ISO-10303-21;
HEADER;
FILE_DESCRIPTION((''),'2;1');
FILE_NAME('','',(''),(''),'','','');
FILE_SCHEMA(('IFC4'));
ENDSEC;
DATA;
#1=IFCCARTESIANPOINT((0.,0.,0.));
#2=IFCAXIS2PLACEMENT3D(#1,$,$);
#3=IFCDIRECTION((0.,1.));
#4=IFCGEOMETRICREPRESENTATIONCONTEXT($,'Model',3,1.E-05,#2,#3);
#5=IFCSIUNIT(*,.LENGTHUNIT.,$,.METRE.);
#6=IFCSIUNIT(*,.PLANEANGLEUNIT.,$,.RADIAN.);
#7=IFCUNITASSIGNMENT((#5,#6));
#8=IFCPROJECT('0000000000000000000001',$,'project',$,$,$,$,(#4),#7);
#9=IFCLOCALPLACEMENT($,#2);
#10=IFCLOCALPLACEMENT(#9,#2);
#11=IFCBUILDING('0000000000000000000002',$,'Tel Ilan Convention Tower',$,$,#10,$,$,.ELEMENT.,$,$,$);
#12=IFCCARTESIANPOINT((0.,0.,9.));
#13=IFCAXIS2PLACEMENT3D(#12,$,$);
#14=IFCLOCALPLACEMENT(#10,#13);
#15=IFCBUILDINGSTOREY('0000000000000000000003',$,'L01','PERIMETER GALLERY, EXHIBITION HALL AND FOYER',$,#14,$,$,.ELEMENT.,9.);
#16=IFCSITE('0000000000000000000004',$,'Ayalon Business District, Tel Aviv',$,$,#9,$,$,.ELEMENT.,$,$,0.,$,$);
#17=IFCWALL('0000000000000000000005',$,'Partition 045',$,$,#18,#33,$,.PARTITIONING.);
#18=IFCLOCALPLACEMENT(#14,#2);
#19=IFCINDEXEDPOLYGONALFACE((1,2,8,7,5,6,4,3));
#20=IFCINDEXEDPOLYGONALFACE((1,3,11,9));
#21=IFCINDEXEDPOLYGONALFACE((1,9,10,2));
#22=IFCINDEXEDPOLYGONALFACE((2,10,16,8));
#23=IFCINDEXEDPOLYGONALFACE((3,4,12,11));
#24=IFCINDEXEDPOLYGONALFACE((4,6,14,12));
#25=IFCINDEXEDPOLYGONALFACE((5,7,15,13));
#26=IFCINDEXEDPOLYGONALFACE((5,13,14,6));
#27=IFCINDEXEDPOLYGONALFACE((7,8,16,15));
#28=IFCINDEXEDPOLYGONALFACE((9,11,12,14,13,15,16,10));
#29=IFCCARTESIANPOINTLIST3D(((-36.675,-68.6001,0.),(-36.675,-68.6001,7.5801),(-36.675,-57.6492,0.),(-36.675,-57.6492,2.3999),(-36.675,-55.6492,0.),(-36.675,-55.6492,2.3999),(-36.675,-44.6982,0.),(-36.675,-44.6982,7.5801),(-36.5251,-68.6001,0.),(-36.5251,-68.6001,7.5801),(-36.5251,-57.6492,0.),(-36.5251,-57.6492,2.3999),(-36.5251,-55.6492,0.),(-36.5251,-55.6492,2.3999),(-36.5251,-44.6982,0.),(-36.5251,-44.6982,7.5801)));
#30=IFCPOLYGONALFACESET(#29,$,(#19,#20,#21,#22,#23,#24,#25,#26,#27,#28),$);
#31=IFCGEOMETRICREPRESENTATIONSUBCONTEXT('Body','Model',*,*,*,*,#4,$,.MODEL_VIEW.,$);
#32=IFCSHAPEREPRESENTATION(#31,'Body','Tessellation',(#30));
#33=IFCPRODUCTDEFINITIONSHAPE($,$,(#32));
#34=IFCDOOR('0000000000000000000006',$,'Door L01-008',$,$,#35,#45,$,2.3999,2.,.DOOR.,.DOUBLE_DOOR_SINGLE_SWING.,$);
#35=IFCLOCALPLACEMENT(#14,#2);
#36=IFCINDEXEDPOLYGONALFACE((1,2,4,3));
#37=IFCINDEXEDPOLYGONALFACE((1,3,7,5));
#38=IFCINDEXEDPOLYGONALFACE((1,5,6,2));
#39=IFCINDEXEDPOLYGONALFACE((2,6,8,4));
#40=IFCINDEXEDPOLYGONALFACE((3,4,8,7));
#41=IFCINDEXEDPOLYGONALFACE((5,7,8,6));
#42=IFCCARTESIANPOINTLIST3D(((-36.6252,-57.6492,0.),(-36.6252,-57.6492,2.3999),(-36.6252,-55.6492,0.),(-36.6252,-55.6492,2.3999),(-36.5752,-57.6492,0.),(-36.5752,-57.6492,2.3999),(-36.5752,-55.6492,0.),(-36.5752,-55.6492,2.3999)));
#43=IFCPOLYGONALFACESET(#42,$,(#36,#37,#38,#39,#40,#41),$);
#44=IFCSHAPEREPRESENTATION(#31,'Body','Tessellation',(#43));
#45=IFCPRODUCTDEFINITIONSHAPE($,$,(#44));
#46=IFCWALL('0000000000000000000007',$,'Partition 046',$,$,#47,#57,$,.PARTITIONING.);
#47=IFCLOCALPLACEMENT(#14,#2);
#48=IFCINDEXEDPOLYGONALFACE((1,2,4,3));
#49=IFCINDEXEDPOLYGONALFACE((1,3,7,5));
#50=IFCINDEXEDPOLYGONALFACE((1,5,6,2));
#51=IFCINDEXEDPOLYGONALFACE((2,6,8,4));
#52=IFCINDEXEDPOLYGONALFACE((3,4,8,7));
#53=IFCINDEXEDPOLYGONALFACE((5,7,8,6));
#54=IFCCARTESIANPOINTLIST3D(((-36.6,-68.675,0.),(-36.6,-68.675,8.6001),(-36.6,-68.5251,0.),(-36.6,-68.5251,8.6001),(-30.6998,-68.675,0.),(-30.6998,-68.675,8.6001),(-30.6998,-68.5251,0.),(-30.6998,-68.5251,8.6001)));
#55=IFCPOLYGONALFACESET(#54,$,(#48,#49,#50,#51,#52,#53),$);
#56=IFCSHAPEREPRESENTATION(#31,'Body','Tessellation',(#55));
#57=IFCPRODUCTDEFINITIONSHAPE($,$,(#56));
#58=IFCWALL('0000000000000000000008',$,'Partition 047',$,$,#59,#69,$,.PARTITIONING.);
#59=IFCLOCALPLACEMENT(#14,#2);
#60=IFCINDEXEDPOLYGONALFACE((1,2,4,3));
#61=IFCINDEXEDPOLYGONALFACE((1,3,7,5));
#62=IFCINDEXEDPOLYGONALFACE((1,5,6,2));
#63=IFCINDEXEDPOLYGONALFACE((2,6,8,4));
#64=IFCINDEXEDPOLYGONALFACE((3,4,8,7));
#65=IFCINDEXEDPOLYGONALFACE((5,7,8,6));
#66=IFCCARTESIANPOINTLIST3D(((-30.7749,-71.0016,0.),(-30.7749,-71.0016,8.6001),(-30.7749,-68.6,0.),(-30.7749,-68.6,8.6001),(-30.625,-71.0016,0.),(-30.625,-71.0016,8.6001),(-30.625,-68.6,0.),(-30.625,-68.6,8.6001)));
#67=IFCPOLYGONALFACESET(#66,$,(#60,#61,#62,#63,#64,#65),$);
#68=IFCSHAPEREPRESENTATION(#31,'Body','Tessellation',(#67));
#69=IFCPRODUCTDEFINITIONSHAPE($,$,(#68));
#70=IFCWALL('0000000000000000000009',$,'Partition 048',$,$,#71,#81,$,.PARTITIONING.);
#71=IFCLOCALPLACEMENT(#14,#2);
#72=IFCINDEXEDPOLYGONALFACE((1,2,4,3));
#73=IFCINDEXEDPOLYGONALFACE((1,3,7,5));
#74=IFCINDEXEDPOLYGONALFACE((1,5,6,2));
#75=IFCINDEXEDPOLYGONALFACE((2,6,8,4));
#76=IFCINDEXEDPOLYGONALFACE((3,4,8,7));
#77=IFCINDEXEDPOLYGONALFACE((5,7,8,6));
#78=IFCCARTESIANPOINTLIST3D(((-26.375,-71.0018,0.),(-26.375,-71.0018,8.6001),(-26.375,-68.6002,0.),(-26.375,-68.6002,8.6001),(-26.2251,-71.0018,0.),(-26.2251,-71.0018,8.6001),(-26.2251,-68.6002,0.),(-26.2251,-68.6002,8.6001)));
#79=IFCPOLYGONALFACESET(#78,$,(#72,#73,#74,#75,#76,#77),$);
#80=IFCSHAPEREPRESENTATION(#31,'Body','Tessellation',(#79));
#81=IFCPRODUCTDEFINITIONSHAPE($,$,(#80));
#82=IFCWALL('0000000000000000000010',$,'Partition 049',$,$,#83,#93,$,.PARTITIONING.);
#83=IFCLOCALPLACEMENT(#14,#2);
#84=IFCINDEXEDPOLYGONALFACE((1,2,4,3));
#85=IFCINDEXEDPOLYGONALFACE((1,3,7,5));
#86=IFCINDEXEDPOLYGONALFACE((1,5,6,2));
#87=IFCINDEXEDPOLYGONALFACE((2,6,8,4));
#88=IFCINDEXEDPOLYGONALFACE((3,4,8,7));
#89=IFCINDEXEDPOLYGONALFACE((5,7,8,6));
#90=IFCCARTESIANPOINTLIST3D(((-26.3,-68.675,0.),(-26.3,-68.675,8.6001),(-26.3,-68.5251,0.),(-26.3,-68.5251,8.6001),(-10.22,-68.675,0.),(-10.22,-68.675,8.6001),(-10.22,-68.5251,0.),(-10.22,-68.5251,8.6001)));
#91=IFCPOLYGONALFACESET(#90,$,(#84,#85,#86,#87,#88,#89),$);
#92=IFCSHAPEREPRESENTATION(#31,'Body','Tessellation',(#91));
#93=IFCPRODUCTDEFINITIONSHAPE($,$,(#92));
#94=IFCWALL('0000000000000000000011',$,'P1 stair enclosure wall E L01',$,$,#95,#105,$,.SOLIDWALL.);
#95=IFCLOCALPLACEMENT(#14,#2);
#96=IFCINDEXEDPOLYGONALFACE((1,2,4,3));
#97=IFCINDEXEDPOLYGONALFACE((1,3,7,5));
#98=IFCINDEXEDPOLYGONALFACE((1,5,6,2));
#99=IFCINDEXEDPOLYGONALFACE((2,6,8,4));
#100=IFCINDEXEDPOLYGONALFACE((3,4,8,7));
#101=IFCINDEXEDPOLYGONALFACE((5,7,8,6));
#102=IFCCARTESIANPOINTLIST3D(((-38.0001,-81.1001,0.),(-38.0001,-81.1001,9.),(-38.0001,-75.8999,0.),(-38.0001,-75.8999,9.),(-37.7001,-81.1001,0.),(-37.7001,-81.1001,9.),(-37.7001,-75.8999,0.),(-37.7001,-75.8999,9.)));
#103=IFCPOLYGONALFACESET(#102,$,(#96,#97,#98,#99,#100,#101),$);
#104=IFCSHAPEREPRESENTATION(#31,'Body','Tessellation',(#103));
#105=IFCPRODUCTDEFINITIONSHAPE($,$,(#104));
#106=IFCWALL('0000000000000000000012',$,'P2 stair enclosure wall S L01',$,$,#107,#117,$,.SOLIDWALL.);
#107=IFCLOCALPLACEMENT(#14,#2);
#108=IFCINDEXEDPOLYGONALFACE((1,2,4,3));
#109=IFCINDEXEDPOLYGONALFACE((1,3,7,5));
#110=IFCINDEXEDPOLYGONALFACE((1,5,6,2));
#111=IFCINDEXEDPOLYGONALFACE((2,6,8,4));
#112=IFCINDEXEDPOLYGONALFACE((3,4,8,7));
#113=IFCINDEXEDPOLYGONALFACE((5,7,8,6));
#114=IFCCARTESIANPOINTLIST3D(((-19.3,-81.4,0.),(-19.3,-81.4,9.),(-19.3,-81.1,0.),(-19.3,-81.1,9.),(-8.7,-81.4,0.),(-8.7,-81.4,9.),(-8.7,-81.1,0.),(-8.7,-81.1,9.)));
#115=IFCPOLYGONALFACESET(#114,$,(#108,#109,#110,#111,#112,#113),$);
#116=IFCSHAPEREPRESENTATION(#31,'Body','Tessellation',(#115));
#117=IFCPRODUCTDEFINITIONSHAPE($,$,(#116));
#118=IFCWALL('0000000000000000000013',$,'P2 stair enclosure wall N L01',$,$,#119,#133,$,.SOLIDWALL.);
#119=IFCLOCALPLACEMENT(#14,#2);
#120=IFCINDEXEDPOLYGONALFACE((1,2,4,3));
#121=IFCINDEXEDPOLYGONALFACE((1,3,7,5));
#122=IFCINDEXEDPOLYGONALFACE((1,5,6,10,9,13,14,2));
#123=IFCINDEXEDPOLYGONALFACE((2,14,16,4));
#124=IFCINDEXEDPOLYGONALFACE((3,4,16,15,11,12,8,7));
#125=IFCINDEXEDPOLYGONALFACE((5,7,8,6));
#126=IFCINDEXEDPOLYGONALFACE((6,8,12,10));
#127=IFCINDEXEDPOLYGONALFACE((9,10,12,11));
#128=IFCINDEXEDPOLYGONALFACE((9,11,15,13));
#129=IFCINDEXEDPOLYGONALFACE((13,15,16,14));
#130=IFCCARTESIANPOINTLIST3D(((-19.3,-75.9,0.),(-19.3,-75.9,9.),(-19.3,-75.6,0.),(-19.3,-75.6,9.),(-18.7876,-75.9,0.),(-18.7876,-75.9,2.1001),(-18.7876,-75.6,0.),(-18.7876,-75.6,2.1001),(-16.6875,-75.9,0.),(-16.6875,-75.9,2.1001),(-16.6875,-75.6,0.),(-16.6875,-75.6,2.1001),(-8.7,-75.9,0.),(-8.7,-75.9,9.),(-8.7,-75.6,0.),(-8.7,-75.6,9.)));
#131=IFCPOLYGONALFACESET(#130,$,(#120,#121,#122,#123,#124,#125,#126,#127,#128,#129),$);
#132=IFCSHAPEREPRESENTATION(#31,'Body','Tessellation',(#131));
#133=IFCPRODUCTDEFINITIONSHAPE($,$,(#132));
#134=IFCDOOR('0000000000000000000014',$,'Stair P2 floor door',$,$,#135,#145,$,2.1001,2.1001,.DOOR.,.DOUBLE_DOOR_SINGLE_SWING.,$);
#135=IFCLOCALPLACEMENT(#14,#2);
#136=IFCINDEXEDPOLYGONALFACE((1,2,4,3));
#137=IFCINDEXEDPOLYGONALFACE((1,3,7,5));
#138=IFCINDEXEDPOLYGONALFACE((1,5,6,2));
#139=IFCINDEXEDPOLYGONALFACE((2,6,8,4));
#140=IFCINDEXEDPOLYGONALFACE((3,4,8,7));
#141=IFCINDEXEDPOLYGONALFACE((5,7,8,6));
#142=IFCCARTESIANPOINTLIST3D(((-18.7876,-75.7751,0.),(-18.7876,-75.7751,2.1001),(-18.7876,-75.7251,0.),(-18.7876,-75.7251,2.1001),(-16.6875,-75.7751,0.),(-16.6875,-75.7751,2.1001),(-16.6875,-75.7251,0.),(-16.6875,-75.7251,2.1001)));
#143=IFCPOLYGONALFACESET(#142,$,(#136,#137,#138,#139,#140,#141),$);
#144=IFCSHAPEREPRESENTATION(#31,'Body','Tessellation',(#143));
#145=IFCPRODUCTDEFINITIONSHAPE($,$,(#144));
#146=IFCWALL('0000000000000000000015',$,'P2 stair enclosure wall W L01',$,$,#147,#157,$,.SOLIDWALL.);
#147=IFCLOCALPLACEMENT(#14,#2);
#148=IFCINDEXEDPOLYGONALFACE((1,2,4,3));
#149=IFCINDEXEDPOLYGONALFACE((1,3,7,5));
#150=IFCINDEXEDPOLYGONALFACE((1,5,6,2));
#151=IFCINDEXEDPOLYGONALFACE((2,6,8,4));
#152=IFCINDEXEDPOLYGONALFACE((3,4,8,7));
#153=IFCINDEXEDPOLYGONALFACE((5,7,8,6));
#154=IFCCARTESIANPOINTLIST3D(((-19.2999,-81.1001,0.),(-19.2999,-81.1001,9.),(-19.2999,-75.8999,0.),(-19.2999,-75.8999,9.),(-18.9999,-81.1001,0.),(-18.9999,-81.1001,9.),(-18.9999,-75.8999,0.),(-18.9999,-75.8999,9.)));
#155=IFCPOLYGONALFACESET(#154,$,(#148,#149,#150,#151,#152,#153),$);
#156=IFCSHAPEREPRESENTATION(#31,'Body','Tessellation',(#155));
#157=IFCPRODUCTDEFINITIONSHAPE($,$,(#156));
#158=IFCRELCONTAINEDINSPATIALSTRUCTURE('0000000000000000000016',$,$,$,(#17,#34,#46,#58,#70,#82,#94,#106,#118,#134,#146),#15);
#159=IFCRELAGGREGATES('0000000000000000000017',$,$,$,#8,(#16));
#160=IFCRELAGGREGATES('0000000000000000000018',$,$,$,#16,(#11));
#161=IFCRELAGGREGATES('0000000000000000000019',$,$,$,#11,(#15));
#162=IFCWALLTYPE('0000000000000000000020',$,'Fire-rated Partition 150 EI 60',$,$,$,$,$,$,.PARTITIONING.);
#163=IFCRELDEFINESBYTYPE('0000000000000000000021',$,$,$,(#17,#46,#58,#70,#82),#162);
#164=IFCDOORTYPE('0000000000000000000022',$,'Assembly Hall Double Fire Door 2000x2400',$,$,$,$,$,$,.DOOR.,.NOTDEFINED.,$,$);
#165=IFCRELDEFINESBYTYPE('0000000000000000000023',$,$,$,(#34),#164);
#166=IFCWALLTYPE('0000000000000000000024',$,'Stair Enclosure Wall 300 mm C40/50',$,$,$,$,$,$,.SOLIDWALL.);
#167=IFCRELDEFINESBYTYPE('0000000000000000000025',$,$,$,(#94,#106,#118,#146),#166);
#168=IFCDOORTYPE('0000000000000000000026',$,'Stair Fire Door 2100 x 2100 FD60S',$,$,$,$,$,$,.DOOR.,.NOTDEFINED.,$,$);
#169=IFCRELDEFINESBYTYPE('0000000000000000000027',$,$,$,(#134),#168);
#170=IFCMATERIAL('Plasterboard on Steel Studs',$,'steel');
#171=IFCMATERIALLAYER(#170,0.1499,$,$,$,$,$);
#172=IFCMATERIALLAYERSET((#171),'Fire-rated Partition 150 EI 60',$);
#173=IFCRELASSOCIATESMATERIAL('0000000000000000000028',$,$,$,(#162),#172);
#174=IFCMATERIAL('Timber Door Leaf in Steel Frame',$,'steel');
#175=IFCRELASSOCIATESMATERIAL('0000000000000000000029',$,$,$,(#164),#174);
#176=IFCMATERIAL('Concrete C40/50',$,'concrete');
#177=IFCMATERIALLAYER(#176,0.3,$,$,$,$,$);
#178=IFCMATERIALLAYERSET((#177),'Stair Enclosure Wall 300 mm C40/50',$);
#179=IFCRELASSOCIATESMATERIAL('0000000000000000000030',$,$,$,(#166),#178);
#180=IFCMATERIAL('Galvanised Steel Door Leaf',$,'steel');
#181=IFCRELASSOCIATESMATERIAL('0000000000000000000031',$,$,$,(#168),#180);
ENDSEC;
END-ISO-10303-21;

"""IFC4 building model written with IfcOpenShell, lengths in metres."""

from ifc_helpers import new_model, si_unit, direction, frame, frame_2d, origin, place, context, subcontext, project, spatial, rectangle, extrude, material, layer, layer_set, type_object, element, fill, save


model = new_model("IFC4")

# Units and contexts
model_context = context("Model", 3, precision=1e-05, world=origin(), true_north=direction((0.0, 1.0)))
body_context = subcontext(model_context, "Body", "Model", "MODEL_VIEW")
ifc_project = project(units=[si_unit("LENGTHUNIT", "METRE"), si_unit("PLANEANGLEUNIT", "RADIAN")], contexts=[model_context])

# Site, building, storey
site_placement = place(None, origin())
site = spatial("IfcSite", under=ifc_project, at=site_placement, Name="Ayalon Business District, Tel Aviv", CompositionType="ELEMENT", RefElevation=0.0)
building_placement = place(site_placement, origin())
building = spatial("IfcBuilding", under=site, at=building_placement, Name="Tel Ilan Convention Tower", CompositionType="ELEMENT")
storey_placement = place(building_placement, frame((0.0, 0.0, 9.0)))
storey = spatial("IfcBuildingStorey", under=building, at=storey_placement, Name="L01", Description="PERIMETER GALLERY, EXHIBITION HALL AND FOYER", CompositionType="ELEMENT", Elevation=9.0)

# Shared definitions
ifc_material_1 = material(Name="Plasterboard on Steel Studs", Category="steel")
ifc_layer_1 = layer(ifc_material_1, 0.1499)
ifc_layer_set_1 = layer_set([ifc_layer_1], Name="Fire-rated Partition 150 EI 60")
wall_type_1 = type_object("IfcWallType", Name="Fire-rated Partition 150 EI 60", PredefinedType="PARTITIONING", material=ifc_layer_set_1)

# Wall, opening, door
wall_1_placement = place(storey_placement, frame((-36.6001, -44.6982, 0.0), z_axis=(0.0, 0.0, 1.0), x_axis=(0.0, -1.0, 0.0)))
wall_1 = element("IfcWall", 1, at=wall_1_placement, inside=storey, type_object=wall_type_1, Name="Partition 045", PredefinedType="PARTITIONING", context=body_context, shape_type="SweptSolid", body=[
    extrude(rectangle(XDim=23.9019, YDim=0.1499, at=frame_2d((11.9509, 0.0))), origin(), (0.0, 0.0, 1.0), 7.5801),
])
opening_1_placement = place(wall_1_placement, frame((10.9509, 0.0, 0.0)))
opening_1 = element("IfcOpeningElement", 2, at=opening_1_placement, cuts=wall_1, PredefinedType="OPENING", context=body_context, shape_type="SweptSolid", body=[
    extrude(rectangle(XDim=2.0, YDim=2.3999, at=frame_2d((1.0, 1.2))), frame((0.0, 0.085, 0.0), z_axis=(0.0, -1.0, 0.0), x_axis=(1.0, 0.0, 0.0)), (0.0, 0.0, 1.0), 0.1699),
])
ifc_material_2 = material(Name="Timber Door Leaf in Steel Frame", Category="steel")
door_type_1 = type_object("IfcDoorType", Name="Assembly Hall Double Fire Door 2000x2400", OperationType="NOTDEFINED", PredefinedType="DOOR", material=ifc_material_2)
door_1_placement = place(opening_1_placement, origin())
door_1 = element("IfcDoor", 3, at=door_1_placement, inside=storey, type_object=door_type_1, Name="Door L01-008", OperationType="DOUBLE_DOOR_SINGLE_SWING", OverallHeight=2.3999, OverallWidth=2.0, PredefinedType="DOOR", context=body_context, shape_type="SweptSolid", body=[
    extrude(rectangle(XDim=2.0, YDim=2.3999, at=frame_2d((1.0, 1.2))), frame((0.0, 0.0249, 0.0), z_axis=(0.0, -1.0, 0.0), x_axis=(1.0, 0.0, 0.0)), (0.0, 0.0, 1.0), 0.05),
])
fill(opening_1, door_1)

# Walls
wall_2_placement = place(storey_placement, frame((-36.6001, -68.6001, 0.0), z_axis=(0.0, 0.0, 1.0), x_axis=(1.0, 0.0, 0.0)))
element("IfcWall", 4, at=wall_2_placement, inside=storey, type_object=wall_type_1, Name="Partition 046", PredefinedType="PARTITIONING", context=body_context, shape_type="SweptSolid", body=[
    extrude(rectangle(XDim=5.9001, YDim=0.1499, at=frame_2d((2.9502, 0.0))), origin(), (0.0, 0.0, 1.0), 8.6001),
])
for number, where, z_axis, x_axis, name in (
    (5, (-30.7, -68.6001, 0.0), (0.0, 0.0, 1.0), (0.0, -1.0, 0.0), "Partition 047"),
    (6, (-26.3, -71.0017, 0.0), (0.0, 0.0, 1.0), (0.0, 1.0, 0.0), "Partition 048"),
):
    element("IfcWall", number, at=place(storey_placement, frame(where, z_axis=z_axis, x_axis=x_axis)), inside=storey, type_object=wall_type_1, Name=name, PredefinedType="PARTITIONING", context=body_context, shape_type="SweptSolid", body=[
        extrude(rectangle(XDim=2.4016, YDim=0.1499, at=frame_2d((1.2007, 0.0))), origin(), (0.0, 0.0, 1.0), 8.6001),
    ])
wall_3_placement = place(storey_placement, frame((-26.3, -68.6001, 0.0), z_axis=(0.0, 0.0, 1.0), x_axis=(1.0, 0.0, 0.0)))
element("IfcWall", 7, at=wall_3_placement, inside=storey, type_object=wall_type_1, Name="Partition 049", PredefinedType="PARTITIONING", context=body_context, shape_type="SweptSolid", body=[
    extrude(rectangle(XDim=16.0801, YDim=0.1499, at=frame_2d((8.04, 0.0))), origin(), (0.0, 0.0, 1.0), 8.6001),
])
ifc_material_3 = material(Name="Concrete C40/50", Category="concrete")
ifc_layer_2 = layer(ifc_material_3, 0.3)
ifc_layer_set_2 = layer_set([ifc_layer_2], Name="Stair Enclosure Wall 300 mm C40/50")
wall_type_2 = type_object("IfcWallType", Name="Stair Enclosure Wall 300 mm C40/50", PredefinedType="SOLIDWALL", material=ifc_layer_set_2)
wall_4_placement = place(storey_placement, frame((-37.8501, -81.1001, 0.0), z_axis=(0.0, 0.0, 1.0), x_axis=(0.0, 1.0, 0.0)))
element("IfcWall", 8, at=wall_4_placement, inside=storey, type_object=wall_type_2, Name="P1 stair enclosure wall E L01", PredefinedType="SOLIDWALL", context=body_context, shape_type="SweptSolid", body=[
    extrude(rectangle(XDim=5.2002, YDim=0.3, at=frame_2d((2.6001, 0.0))), origin(), (0.0, 0.0, 1.0), 9.0),
])
wall_5_placement = place(storey_placement, frame((-19.3, -81.25, 0.0), z_axis=(0.0, 0.0, 1.0), x_axis=(1.0, 0.0, 0.0)))
element("IfcWall", 9, at=wall_5_placement, inside=storey, type_object=wall_type_2, Name="P2 stair enclosure wall S L01", PredefinedType="SOLIDWALL", context=body_context, shape_type="SweptSolid", body=[
    extrude(rectangle(XDim=10.6001, YDim=0.3, at=frame_2d((5.3, 0.0))), origin(), (0.0, 0.0, 1.0), 9.0),
])

# Wall, opening, door
wall_6_placement = place(storey_placement, frame((-19.3, -75.75, 0.0), z_axis=(0.0, 0.0, 1.0), x_axis=(1.0, 0.0, 0.0)))
wall_6 = element("IfcWall", 10, at=wall_6_placement, inside=storey, type_object=wall_type_2, Name="P2 stair enclosure wall N L01", PredefinedType="SOLIDWALL", context=body_context, shape_type="SweptSolid", body=[
    extrude(rectangle(XDim=10.6001, YDim=0.3, at=frame_2d((5.3, 0.0))), origin(), (0.0, 0.0, 1.0), 9.0),
])
opening_2_placement = place(wall_6_placement, frame((0.5125, 0.0, 0.0)))
opening_2 = element("IfcOpeningElement", 11, at=opening_2_placement, cuts=wall_6, PredefinedType="OPENING", context=body_context, shape_type="SweptSolid", body=[
    extrude(rectangle(XDim=2.1001, YDim=2.1001, at=frame_2d((1.05, 1.05))), frame((0.0, 0.1599, 0.0), z_axis=(0.0, -1.0, 0.0), x_axis=(1.0, 0.0, 0.0)), (0.0, 0.0, 1.0), 0.3201),
])
ifc_material_4 = material(Name="Galvanised Steel Door Leaf", Category="steel")
door_type_2 = type_object("IfcDoorType", Name="Stair Fire Door 2100 x 2100 FD60S", OperationType="NOTDEFINED", PredefinedType="DOOR", material=ifc_material_4)
door_2_placement = place(opening_2_placement, origin())
door_2 = element("IfcDoor", 12, at=door_2_placement, inside=storey, type_object=door_type_2, Name="Stair P2 floor door", OperationType="DOUBLE_DOOR_SINGLE_SWING", OverallHeight=2.1001, OverallWidth=2.1001, PredefinedType="DOOR", context=body_context, shape_type="SweptSolid", body=[
    extrude(rectangle(XDim=2.1001, YDim=2.1001, at=frame_2d((1.05, 1.05))), frame((0.0, 0.0249, 0.0), z_axis=(0.0, -1.0, 0.0), x_axis=(1.0, 0.0, 0.0)), (0.0, 0.0, 1.0), 0.05),
])
fill(opening_2, door_2)

# Wall
wall_7_placement = place(storey_placement, frame((-19.1499, -81.1001, 0.0), z_axis=(0.0, 0.0, 1.0), x_axis=(0.0, 1.0, 0.0)))
element("IfcWall", 13, at=wall_7_placement, inside=storey, type_object=wall_type_2, Name="P2 stair enclosure wall W L01", PredefinedType="SOLIDWALL", context=body_context, shape_type="SweptSolid", body=[
    extrude(rectangle(XDim=5.2002, YDim=0.3, at=frame_2d((2.6001, 0.0))), origin(), (0.0, 0.0, 1.0), 9.0),
])

save(model, "model.ifc")
